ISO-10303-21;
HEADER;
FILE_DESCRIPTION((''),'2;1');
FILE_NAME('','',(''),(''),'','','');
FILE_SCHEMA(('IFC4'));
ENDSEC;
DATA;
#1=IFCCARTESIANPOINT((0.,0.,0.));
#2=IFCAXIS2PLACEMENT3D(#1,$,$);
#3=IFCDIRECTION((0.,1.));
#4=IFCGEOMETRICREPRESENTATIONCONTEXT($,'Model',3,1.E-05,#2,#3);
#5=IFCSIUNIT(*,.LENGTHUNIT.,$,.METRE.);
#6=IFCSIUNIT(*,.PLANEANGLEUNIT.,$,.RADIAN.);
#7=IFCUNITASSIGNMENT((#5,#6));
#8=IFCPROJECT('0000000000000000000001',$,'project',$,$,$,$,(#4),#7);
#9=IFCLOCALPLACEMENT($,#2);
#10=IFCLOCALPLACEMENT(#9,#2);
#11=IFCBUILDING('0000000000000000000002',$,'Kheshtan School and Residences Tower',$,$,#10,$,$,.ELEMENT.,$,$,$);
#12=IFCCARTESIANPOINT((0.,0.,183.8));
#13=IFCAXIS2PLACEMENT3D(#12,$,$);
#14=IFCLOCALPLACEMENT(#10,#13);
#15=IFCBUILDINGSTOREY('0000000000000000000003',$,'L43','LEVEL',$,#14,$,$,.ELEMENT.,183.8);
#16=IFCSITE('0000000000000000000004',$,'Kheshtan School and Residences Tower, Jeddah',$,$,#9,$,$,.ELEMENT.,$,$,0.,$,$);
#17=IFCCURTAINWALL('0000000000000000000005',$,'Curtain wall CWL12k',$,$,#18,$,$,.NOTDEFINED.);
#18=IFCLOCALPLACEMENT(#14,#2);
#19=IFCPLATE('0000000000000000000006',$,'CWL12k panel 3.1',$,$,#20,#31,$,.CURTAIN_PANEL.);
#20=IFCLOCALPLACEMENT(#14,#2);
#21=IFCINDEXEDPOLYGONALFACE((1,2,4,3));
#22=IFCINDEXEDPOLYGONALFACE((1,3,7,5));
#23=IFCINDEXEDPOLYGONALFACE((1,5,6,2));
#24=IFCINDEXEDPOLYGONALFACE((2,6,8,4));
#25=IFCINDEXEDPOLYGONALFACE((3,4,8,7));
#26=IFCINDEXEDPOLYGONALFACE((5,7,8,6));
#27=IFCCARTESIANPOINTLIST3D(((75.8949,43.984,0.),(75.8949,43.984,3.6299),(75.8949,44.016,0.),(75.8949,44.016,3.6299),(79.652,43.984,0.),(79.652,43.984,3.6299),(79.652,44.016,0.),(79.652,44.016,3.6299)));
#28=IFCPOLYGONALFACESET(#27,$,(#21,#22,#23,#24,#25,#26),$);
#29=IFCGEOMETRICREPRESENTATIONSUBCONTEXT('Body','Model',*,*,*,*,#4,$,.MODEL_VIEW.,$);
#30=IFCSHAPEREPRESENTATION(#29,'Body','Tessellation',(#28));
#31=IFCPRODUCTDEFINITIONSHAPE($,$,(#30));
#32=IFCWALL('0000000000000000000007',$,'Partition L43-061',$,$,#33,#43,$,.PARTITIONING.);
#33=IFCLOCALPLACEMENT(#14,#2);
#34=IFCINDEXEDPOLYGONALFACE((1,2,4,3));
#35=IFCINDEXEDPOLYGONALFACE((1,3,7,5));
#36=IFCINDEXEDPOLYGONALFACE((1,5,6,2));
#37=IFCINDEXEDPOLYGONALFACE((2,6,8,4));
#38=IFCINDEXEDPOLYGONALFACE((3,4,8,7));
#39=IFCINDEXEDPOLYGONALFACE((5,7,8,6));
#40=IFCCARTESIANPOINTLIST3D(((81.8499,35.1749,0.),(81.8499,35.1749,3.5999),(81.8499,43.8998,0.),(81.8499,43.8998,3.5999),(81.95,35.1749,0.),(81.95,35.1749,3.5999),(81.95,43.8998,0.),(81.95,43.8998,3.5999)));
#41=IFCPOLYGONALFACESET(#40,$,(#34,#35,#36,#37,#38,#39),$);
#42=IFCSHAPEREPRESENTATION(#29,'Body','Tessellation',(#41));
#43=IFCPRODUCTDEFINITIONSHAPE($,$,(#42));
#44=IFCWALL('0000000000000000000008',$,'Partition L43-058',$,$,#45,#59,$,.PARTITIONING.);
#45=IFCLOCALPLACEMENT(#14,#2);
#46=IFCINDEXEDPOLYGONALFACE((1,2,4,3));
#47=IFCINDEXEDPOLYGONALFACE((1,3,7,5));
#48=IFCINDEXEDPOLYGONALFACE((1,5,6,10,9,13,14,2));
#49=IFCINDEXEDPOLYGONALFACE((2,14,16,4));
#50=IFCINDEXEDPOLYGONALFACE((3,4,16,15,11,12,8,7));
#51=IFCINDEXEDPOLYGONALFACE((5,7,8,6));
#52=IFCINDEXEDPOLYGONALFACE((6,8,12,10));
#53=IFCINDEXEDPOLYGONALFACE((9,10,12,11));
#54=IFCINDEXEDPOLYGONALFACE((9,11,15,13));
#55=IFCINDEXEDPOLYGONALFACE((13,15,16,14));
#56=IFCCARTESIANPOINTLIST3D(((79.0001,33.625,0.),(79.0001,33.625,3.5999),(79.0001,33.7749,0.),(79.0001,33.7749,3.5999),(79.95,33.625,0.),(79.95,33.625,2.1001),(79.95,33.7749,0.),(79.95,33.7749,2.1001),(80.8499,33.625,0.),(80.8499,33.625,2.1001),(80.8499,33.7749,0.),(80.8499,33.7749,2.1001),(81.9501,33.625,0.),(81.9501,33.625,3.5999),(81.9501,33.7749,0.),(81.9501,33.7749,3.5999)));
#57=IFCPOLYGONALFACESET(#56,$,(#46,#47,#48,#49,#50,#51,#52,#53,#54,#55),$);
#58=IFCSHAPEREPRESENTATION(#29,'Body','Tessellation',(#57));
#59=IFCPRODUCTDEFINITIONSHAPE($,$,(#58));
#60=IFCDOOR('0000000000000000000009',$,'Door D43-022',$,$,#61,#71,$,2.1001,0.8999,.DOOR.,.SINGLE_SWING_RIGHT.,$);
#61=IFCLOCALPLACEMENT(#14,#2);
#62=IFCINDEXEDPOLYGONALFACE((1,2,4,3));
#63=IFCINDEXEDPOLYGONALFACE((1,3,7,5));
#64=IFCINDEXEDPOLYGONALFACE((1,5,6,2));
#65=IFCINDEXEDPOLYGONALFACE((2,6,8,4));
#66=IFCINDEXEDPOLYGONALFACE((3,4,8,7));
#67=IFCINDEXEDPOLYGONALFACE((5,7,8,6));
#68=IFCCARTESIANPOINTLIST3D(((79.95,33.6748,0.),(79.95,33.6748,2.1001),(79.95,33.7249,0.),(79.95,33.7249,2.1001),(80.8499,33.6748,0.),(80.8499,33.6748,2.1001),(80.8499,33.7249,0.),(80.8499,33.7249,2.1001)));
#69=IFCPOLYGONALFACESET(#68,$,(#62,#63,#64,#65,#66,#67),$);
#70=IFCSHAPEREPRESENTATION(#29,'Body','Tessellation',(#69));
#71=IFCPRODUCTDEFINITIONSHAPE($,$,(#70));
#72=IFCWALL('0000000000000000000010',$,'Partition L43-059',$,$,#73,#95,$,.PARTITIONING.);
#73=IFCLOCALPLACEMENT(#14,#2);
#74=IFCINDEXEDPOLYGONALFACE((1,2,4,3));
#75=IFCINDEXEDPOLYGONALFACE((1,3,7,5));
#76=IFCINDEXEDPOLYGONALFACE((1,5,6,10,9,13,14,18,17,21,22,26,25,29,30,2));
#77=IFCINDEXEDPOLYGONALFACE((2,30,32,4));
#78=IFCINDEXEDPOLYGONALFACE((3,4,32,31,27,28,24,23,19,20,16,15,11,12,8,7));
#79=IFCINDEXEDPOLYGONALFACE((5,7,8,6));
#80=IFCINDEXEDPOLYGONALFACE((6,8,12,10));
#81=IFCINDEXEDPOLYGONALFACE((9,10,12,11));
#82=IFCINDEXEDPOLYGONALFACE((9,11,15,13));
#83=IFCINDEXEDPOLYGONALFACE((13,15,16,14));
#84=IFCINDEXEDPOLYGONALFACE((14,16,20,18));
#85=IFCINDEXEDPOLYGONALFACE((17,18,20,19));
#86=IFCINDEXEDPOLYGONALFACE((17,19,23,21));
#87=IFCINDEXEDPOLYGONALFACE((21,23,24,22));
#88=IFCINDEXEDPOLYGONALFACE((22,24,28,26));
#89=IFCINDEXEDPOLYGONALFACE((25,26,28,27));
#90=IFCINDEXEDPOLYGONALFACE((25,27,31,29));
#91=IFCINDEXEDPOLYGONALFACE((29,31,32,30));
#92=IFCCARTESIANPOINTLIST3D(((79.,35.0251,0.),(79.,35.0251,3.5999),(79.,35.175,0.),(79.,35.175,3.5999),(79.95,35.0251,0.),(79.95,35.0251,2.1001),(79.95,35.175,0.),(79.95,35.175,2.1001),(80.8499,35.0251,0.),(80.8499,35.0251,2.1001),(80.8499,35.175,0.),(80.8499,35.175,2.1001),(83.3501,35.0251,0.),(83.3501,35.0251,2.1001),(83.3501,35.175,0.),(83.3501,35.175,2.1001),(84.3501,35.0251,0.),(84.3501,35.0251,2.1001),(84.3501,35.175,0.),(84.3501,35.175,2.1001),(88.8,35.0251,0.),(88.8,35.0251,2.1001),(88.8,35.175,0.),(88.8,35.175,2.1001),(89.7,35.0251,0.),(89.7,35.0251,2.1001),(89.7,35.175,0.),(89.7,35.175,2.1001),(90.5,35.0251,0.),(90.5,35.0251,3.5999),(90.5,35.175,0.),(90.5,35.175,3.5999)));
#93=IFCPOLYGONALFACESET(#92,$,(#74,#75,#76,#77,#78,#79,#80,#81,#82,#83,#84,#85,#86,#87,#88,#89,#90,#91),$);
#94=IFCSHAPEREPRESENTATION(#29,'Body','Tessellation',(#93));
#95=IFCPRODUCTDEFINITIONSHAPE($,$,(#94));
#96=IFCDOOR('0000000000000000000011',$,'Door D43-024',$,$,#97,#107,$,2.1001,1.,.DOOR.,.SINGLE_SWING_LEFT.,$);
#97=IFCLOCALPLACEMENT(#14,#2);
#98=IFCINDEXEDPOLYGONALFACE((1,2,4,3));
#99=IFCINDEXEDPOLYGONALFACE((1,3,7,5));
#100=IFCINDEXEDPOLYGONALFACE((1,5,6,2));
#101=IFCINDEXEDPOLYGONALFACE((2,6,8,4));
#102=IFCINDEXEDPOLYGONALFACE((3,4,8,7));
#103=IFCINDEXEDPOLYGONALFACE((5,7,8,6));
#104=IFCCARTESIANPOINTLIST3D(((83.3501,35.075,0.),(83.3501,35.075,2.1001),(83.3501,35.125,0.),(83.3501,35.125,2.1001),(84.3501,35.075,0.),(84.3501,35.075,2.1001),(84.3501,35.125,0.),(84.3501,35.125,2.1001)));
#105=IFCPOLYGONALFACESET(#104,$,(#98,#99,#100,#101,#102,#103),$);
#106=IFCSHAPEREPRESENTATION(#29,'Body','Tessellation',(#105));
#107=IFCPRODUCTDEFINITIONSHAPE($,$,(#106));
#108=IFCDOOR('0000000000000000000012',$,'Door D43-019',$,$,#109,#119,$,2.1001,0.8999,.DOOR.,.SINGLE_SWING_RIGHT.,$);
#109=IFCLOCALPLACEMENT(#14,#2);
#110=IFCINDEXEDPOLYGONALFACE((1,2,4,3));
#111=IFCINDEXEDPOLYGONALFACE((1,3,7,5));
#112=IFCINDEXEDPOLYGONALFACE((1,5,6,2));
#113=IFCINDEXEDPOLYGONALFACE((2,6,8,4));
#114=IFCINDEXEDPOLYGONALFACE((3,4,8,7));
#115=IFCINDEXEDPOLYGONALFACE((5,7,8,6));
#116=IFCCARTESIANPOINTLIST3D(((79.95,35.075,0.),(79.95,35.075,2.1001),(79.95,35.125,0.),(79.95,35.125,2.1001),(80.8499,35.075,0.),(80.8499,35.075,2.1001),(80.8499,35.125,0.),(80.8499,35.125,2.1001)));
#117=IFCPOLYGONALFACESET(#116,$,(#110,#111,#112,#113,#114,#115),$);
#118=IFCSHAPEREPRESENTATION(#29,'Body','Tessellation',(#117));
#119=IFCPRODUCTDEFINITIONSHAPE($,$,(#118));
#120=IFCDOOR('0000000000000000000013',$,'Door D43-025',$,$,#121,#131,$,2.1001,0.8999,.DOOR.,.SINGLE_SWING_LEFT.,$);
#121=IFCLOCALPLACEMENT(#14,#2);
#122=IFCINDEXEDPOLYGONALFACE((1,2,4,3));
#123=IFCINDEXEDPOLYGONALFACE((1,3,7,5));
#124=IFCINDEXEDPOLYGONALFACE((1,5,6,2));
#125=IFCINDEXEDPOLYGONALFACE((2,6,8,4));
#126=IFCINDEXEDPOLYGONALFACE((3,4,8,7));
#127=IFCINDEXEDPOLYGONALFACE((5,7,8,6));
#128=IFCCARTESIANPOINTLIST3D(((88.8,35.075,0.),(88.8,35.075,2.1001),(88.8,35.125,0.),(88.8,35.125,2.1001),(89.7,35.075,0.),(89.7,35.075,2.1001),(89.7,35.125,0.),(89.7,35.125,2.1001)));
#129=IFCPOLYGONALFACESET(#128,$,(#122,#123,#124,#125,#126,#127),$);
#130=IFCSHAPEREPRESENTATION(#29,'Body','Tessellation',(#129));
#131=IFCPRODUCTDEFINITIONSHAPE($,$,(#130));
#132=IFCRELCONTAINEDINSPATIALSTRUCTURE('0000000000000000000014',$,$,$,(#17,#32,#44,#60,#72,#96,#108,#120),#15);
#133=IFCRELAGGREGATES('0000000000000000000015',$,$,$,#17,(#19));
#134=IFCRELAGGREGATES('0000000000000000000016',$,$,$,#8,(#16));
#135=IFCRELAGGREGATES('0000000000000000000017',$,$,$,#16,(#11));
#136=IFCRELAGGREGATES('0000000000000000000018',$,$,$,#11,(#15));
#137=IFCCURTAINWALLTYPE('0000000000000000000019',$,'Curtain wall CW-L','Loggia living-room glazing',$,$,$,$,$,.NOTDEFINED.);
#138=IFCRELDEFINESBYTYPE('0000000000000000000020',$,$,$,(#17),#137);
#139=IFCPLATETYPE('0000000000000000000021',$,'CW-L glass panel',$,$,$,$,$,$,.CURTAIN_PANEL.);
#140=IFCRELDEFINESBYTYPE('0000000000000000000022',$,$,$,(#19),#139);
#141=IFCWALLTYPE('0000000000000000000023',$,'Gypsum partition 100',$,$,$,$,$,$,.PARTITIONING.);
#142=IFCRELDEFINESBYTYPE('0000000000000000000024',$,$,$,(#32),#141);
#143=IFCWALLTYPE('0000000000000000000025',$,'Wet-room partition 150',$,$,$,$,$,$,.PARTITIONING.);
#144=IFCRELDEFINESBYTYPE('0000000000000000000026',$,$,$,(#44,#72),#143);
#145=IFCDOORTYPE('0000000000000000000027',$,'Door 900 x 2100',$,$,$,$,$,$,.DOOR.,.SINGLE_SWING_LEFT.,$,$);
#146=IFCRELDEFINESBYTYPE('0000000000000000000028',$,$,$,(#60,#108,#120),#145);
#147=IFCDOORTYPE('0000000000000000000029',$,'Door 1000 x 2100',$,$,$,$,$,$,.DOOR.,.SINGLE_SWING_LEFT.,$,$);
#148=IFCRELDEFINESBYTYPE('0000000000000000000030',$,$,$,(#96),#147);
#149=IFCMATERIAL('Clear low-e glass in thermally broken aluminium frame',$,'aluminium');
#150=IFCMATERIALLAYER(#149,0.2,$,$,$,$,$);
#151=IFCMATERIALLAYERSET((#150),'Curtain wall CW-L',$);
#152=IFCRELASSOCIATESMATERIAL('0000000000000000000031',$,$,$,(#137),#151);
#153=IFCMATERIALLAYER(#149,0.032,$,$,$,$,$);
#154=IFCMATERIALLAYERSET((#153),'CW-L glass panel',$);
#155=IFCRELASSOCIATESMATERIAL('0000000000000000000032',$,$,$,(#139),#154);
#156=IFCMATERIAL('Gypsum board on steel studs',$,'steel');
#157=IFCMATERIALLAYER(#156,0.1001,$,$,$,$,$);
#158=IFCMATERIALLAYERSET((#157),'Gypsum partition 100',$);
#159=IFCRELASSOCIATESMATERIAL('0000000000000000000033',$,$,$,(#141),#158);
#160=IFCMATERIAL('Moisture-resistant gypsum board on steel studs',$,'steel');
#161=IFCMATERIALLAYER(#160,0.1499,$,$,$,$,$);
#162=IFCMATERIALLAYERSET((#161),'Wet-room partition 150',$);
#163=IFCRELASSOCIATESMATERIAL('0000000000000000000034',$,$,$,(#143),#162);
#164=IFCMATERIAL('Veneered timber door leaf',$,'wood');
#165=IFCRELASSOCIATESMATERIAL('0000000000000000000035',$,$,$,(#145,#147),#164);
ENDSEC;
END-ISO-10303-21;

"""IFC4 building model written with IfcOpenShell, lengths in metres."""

from ifc_helpers import new_model, si_unit, direction, frame, frame_2d, origin, origin_2d, place, context, subcontext, project, spatial, rectangle, extrude, source, transform, mapped, material, layer, layer_set, type_object, element, fill, aggregate, save


model = new_model("IFC4")

# Units and contexts
model_context = context("Model", 3, precision=1e-05, world=origin(), true_north=direction((0.0, 1.0)))
body_context = subcontext(model_context, "Body", "Model", "MODEL_VIEW")
ifc_project = project(units=[si_unit("LENGTHUNIT", "METRE"), si_unit("PLANEANGLEUNIT", "RADIAN")], contexts=[model_context])

# Site, building, storey
site_placement = place(None, origin())
site = spatial("IfcSite", under=ifc_project, at=site_placement, Name="Kheshtan School and Residences Tower, Jeddah", CompositionType="ELEMENT", RefElevation=0.0)
building_placement = place(site_placement, origin())
building = spatial("IfcBuilding", under=site, at=building_placement, Name="Kheshtan School and Residences Tower", CompositionType="ELEMENT")
storey_placement = place(building_placement, frame((0.0, 0.0, 183.8)))
storey = spatial("IfcBuildingStorey", under=building, at=storey_placement, Name="L43", Description="LEVEL", CompositionType="ELEMENT", Elevation=183.8)

# Curtain wall, plate
ifc_material_1 = material(Name="Clear low-e glass in thermally broken aluminium frame", Category="aluminium")
ifc_layer_1 = layer(ifc_material_1, 0.2)
ifc_layer_set_1 = layer_set([ifc_layer_1], Name="Curtain wall CW-L")
curtain_wall_type = type_object("IfcCurtainWallType", Name="Curtain wall CW-L", Description="Loggia living-room glazing", PredefinedType="NOTDEFINED", material=ifc_layer_set_1)
curtain_wall_placement = place(storey_placement, origin())
curtain_wall = element("IfcCurtainWall", 1, at=curtain_wall_placement, inside=storey, type_object=curtain_wall_type, Name="Curtain wall CWL12k", PredefinedType="NOTDEFINED")
ifc_layer_2 = layer(ifc_material_1, 0.032)
ifc_layer_set_2 = layer_set([ifc_layer_2], Name="CW-L glass panel")
plate_type = type_object("IfcPlateType", Name="CW-L glass panel", PredefinedType="CURTAIN_PANEL", material=ifc_layer_set_2)
plate_placement = place(storey_placement, frame((77.7734, 44.0, 0.0), z_axis=(0.0, 0.0, 1.0), x_axis=(1.0, 0.0, 0.0)))
plate = element("IfcPlate", 2, at=plate_placement, type_object=plate_type, Name="CWL12k panel 3.1", PredefinedType="CURTAIN_PANEL", context=body_context, shape_type="SweptSolid", body=[
    extrude(rectangle(XDim=3.7571, YDim=0.032, at=origin_2d()), origin(), (0.0, 0.0, 1.0), 3.6299),
])
aggregate(curtain_wall, [plate])

# Wall
ifc_material_2 = material(Name="Gypsum board on steel studs", Category="steel")
ifc_layer_3 = layer(ifc_material_2, 0.1001)
ifc_layer_set_3 = layer_set([ifc_layer_3], Name="Gypsum partition 100")
wall_type_1 = type_object("IfcWallType", Name="Gypsum partition 100", PredefinedType="PARTITIONING", material=ifc_layer_set_3)
wall_1_placement = place(storey_placement, frame((81.8999, 35.175, 0.0), z_axis=(0.0, 0.0, 1.0), x_axis=(0.0, 1.0, 0.0)))
element("IfcWall", 3, at=wall_1_placement, inside=storey, type_object=wall_type_1, Name="Partition L43-061", PredefinedType="PARTITIONING", context=body_context, shape_type="SweptSolid", body=[
    extrude(rectangle(XDim=8.7249, YDim=0.1001, at=frame_2d((4.3623, 0.0))), origin(), (0.0, 0.0, 1.0), 3.5999),
])

# Wall, opening, door
ifc_material_3 = material(Name="Moisture-resistant gypsum board on steel studs", Category="steel")
ifc_layer_4 = layer(ifc_material_3, 0.1499)
ifc_layer_set_4 = layer_set([ifc_layer_4], Name="Wet-room partition 150")
wall_type_2 = type_object("IfcWallType", Name="Wet-room partition 150", PredefinedType="PARTITIONING", material=ifc_layer_set_4)
wall_2_placement = place(storey_placement, frame((79.0, 33.7, 0.0), z_axis=(0.0, 0.0, 1.0), x_axis=(1.0, 0.0, 0.0)))
wall_2 = element("IfcWall", 4, at=wall_2_placement, inside=storey, type_object=wall_type_2, Name="Partition L43-058", PredefinedType="PARTITIONING", context=body_context, shape_type="SweptSolid", body=[
    extrude(rectangle(XDim=2.95, YDim=0.1499, at=frame_2d((1.4751, 0.0))), origin(), (0.0, 0.0, 1.0), 3.5999),
])
opening_1_placement = place(wall_2_placement, frame((0.95, 0.0, 0.0)))
opening_1 = element("IfcOpeningElement", 5, at=opening_1_placement, cuts=wall_2, PredefinedType="OPENING", context=body_context, shape_type="SweptSolid", body=[
    extrude(rectangle(XDim=0.8999, YDim=2.1001, at=frame_2d((0.45, 1.05))), frame((0.0, 0.085, 0.0), z_axis=(0.0, -1.0, 0.0), x_axis=(1.0, 0.0, 0.0)), (0.0, 0.0, 1.0), 0.1699),
])
ifc_material_4 = material(Name="Veneered timber door leaf", Category="wood")
door_type_1 = type_object("IfcDoorType", Name="Door 900 x 2100", OperationType="SINGLE_SWING_LEFT", PredefinedType="DOOR", material=ifc_material_4)
shared_shape_1 = source(origin(), body_context, "Body", "SweptSolid", [
    extrude(rectangle(XDim=0.8999, YDim=2.1001, at=frame_2d((0.45, 1.05))), frame((0.0, 0.0249, 0.0), z_axis=(0.0, -1.0, 0.0), x_axis=(1.0, 0.0, 0.0)), (0.0, 0.0, 1.0), 0.05),
])
door_1_placement = place(opening_1_placement, origin())
door_1 = element("IfcDoor", 6, at=door_1_placement, inside=storey, type_object=door_type_1, Name="Door D43-022", OperationType="SINGLE_SWING_RIGHT", OverallHeight=2.1001, OverallWidth=0.8999, PredefinedType="DOOR", context=body_context, shape_type="MappedRepresentation", body=[
    mapped(shared_shape_1, transform((0.0, 0.0, 0.0), x_axis=(1.0, 0.0, 0.0), y_axis=(0.0, 1.0, 0.0), z_axis=(0.0, 0.0, 1.0), scale=1.0)),
])
fill(opening_1, door_1)

# Wall, openings, doors
wall_3_placement = place(storey_placement, frame((79.0, 35.1001, 0.0), z_axis=(0.0, 0.0, 1.0), x_axis=(1.0, 0.0, 0.0)))
wall_3 = element("IfcWall", 7, at=wall_3_placement, inside=storey, type_object=wall_type_2, Name="Partition L43-059", PredefinedType="PARTITIONING", context=body_context, shape_type="SweptSolid", body=[
    extrude(rectangle(XDim=11.5, YDim=0.1499, at=frame_2d((5.75, 0.0))), origin(), (0.0, 0.0, 1.0), 3.5999),
])
opening_2_placement = place(wall_3_placement, frame((0.95, 0.0, 0.0)))
opening_2 = element("IfcOpeningElement", 8, at=opening_2_placement, cuts=wall_3, PredefinedType="OPENING", context=body_context, shape_type="SweptSolid", body=[
    extrude(rectangle(XDim=0.8999, YDim=2.1001, at=frame_2d((0.45, 1.05))), frame((0.0, 0.085, 0.0), z_axis=(0.0, -1.0, 0.0), x_axis=(1.0, 0.0, 0.0)), (0.0, 0.0, 1.0), 0.1699),
])
opening_3_placement = place(wall_3_placement, frame((4.3501, 0.0, 0.0)))
opening_3 = element("IfcOpeningElement", 9, at=opening_3_placement, cuts=wall_3, PredefinedType="OPENING", context=body_context, shape_type="SweptSolid", body=[
    extrude(rectangle(XDim=1.0, YDim=2.1001, at=frame_2d((0.5, 1.05))), frame((0.0, 0.085, 0.0), z_axis=(0.0, -1.0, 0.0), x_axis=(1.0, 0.0, 0.0)), (0.0, 0.0, 1.0), 0.1699),
])
opening_4_placement = place(wall_3_placement, frame((9.8, 0.0, 0.0)))
opening_4 = element("IfcOpeningElement", 10, at=opening_4_placement, cuts=wall_3, PredefinedType="OPENING", context=body_context, shape_type="SweptSolid", body=[
    extrude(rectangle(XDim=0.8999, YDim=2.1001, at=frame_2d((0.45, 1.05))), frame((0.0, 0.085, 0.0), z_axis=(0.0, -1.0, 0.0), x_axis=(1.0, 0.0, 0.0)), (0.0, 0.0, 1.0), 0.1699),
])
door_type_2 = type_object("IfcDoorType", Name="Door 1000 x 2100", OperationType="SINGLE_SWING_LEFT", PredefinedType="DOOR", material=ifc_material_4)
shared_shape_2 = source(origin(), body_context, "Body", "SweptSolid", [
    extrude(rectangle(XDim=1.0, YDim=2.1001, at=frame_2d((0.5, 1.05))), frame((0.0, 0.0249, 0.0), z_axis=(0.0, -1.0, 0.0), x_axis=(1.0, 0.0, 0.0)), (0.0, 0.0, 1.0), 0.05),
])
door_2_placement = place(opening_3_placement, origin())
door_2 = element("IfcDoor", 11, at=door_2_placement, inside=storey, type_object=door_type_2, Name="Door D43-024", OperationType="SINGLE_SWING_LEFT", OverallHeight=2.1001, OverallWidth=1.0, PredefinedType="DOOR", context=body_context, shape_type="MappedRepresentation", body=[
    mapped(shared_shape_2, transform((0.0, 0.0, 0.0), x_axis=(1.0, 0.0, 0.0), y_axis=(0.0, 1.0, 0.0), z_axis=(0.0, 0.0, 1.0), scale=1.0)),
])
fill(opening_3, door_2)
door_3_placement = place(opening_2_placement, origin())
door_3 = element("IfcDoor", 12, at=door_3_placement, inside=storey, type_object=door_type_1, Name="Door D43-019", OperationType="SINGLE_SWING_RIGHT", OverallHeight=2.1001, OverallWidth=0.8999, PredefinedType="DOOR", context=body_context, shape_type="MappedRepresentation", body=[
    mapped(shared_shape_1, transform((0.0, 0.0, 0.0), x_axis=(1.0, 0.0, 0.0), y_axis=(0.0, 1.0, 0.0), z_axis=(0.0, 0.0, 1.0), scale=1.0)),
])
fill(opening_2, door_3)
door_4_placement = place(opening_4_placement, origin())
door_4 = element("IfcDoor", 13, at=door_4_placement, inside=storey, type_object=door_type_1, Name="Door D43-025", OperationType="SINGLE_SWING_LEFT", OverallHeight=2.1001, OverallWidth=0.8999, PredefinedType="DOOR", context=body_context, shape_type="MappedRepresentation", body=[
    mapped(shared_shape_1, transform((0.0, 0.0, 0.0), x_axis=(1.0, 0.0, 0.0), y_axis=(0.0, 1.0, 0.0), z_axis=(0.0, 0.0, 1.0), scale=1.0)),
])
fill(opening_4, door_4)

save(model, "model.ifc")
